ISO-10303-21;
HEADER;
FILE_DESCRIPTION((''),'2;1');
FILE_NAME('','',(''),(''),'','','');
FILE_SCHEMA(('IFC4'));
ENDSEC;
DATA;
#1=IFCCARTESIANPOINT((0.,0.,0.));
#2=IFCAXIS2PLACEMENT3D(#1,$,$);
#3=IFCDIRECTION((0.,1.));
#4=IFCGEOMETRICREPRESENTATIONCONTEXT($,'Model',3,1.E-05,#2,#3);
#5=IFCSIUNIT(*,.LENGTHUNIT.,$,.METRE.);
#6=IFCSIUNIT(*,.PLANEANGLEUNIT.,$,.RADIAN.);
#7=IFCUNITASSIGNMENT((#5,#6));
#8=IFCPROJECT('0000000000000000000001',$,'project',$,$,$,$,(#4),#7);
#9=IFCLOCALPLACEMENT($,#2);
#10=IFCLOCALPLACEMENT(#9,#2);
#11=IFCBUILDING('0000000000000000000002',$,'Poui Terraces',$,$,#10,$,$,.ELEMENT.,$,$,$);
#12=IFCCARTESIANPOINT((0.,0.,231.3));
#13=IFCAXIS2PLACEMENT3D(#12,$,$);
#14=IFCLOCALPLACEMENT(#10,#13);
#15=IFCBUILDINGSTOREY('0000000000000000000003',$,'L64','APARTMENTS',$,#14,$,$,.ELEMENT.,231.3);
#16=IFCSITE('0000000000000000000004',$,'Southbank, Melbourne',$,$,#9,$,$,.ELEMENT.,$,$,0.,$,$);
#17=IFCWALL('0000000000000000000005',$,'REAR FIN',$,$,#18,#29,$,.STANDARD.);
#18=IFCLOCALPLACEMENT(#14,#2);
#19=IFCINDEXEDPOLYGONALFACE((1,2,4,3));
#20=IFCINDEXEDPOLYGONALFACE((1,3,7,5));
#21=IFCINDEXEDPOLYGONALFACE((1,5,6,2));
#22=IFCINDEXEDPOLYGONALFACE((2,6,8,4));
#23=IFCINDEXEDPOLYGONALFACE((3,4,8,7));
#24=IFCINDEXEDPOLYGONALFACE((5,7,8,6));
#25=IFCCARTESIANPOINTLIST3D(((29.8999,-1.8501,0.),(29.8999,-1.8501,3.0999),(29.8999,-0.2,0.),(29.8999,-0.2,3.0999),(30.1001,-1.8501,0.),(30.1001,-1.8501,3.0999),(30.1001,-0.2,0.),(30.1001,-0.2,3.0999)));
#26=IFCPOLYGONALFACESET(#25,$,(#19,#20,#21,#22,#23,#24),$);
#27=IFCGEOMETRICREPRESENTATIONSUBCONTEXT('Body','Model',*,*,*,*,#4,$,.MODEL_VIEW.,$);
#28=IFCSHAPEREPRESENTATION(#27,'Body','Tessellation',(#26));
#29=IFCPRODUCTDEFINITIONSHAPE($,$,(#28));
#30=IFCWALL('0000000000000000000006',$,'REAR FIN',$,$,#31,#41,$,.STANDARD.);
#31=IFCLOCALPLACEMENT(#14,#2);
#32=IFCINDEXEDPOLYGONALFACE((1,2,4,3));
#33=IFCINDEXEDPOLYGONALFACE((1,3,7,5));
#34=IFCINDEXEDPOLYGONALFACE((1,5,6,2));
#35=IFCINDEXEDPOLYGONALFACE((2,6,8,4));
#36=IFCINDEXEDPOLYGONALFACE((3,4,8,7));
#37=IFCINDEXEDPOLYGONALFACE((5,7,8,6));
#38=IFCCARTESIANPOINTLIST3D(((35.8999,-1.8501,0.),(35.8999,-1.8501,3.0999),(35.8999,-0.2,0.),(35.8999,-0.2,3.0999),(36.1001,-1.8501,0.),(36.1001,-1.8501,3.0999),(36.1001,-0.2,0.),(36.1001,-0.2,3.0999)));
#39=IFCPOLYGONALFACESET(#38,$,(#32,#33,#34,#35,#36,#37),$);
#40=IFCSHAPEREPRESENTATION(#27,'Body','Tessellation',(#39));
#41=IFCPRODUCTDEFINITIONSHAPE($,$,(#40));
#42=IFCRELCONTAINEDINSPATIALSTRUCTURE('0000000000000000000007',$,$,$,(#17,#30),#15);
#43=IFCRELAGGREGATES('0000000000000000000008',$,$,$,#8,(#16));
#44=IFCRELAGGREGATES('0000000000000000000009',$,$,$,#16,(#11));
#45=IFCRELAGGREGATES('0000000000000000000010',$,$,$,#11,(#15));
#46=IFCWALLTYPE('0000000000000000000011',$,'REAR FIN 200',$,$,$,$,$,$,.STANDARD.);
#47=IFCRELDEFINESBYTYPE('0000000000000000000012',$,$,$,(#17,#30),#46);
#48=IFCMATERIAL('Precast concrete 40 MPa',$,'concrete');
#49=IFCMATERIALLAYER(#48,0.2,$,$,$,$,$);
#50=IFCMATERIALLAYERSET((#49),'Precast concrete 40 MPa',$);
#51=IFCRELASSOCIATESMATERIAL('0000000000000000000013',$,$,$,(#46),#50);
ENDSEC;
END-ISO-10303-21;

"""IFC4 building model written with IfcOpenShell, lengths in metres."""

from ifc_helpers import new_model, si_unit, direction, frame, origin, place, context, subcontext, project, spatial, polyline, outline, extrude, source, transform, mapped, material, layer, layer_set, type_object, element, save


model = new_model("IFC4")

# Units and contexts
model_context = context("Model", 3, precision=1e-05, world=origin(), true_north=direction((0.0, 1.0)))
body_context = subcontext(model_context, "Body", "Model", "MODEL_VIEW")
ifc_project = project(units=[si_unit("LENGTHUNIT", "METRE"), si_unit("PLANEANGLEUNIT", "RADIAN")], contexts=[model_context])

# Site, building, storey
site_placement = place(None, origin())
site = spatial("IfcSite", under=ifc_project, at=site_placement, Name="Southbank, Melbourne", CompositionType="ELEMENT", RefElevation=0.0)
building_placement = place(site_placement, origin())
building = spatial("IfcBuilding", under=site, at=building_placement, Name="Poui Terraces", CompositionType="ELEMENT")
storey_placement = place(building_placement, frame((0.0, 0.0, 231.3)))
storey = spatial("IfcBuildingStorey", under=building, at=storey_placement, Name="L64", Description="APARTMENTS", CompositionType="ELEMENT", Elevation=231.3)

# Shared definitions
ifc_material_1 = material(Name="Precast concrete 40 MPa", Category="concrete")

# Walls
ifc_layer_1 = layer(ifc_material_1, 0.2)
ifc_layer_set_1 = layer_set([ifc_layer_1], Name="Precast concrete 40 MPa")
wall_type_1 = type_object("IfcWallType", Name="REAR FIN 200", PredefinedType="STANDARD", material=ifc_layer_set_1)
shared_shape_1 = source(origin(), body_context, "Body", "SweptSolid", [
    extrude(outline(polyline([(0.0, 0.0), (0.2002, 0.0), (0.2002, 1.6501), (0.0, 1.6501), (0.0, 0.0)])), origin(), (0.0, 0.0, 1.0), 3.0999),
])
for number, where, name in (
    (1, (29.8999, -1.8501, 0.0), "REAR FIN"),
    (2, (35.8999, -1.8501, 0.0), "REAR FIN"),
):
    element("IfcWall", number, at=place(storey_placement, frame(where)), inside=storey, type_object=wall_type_1, Name=name, PredefinedType="STANDARD", context=body_context, shape_type="MappedRepresentation", body=[
        mapped(shared_shape_1, transform((0.0, 0.0, 0.0))),
    ])

save(model, "model.ifc")
